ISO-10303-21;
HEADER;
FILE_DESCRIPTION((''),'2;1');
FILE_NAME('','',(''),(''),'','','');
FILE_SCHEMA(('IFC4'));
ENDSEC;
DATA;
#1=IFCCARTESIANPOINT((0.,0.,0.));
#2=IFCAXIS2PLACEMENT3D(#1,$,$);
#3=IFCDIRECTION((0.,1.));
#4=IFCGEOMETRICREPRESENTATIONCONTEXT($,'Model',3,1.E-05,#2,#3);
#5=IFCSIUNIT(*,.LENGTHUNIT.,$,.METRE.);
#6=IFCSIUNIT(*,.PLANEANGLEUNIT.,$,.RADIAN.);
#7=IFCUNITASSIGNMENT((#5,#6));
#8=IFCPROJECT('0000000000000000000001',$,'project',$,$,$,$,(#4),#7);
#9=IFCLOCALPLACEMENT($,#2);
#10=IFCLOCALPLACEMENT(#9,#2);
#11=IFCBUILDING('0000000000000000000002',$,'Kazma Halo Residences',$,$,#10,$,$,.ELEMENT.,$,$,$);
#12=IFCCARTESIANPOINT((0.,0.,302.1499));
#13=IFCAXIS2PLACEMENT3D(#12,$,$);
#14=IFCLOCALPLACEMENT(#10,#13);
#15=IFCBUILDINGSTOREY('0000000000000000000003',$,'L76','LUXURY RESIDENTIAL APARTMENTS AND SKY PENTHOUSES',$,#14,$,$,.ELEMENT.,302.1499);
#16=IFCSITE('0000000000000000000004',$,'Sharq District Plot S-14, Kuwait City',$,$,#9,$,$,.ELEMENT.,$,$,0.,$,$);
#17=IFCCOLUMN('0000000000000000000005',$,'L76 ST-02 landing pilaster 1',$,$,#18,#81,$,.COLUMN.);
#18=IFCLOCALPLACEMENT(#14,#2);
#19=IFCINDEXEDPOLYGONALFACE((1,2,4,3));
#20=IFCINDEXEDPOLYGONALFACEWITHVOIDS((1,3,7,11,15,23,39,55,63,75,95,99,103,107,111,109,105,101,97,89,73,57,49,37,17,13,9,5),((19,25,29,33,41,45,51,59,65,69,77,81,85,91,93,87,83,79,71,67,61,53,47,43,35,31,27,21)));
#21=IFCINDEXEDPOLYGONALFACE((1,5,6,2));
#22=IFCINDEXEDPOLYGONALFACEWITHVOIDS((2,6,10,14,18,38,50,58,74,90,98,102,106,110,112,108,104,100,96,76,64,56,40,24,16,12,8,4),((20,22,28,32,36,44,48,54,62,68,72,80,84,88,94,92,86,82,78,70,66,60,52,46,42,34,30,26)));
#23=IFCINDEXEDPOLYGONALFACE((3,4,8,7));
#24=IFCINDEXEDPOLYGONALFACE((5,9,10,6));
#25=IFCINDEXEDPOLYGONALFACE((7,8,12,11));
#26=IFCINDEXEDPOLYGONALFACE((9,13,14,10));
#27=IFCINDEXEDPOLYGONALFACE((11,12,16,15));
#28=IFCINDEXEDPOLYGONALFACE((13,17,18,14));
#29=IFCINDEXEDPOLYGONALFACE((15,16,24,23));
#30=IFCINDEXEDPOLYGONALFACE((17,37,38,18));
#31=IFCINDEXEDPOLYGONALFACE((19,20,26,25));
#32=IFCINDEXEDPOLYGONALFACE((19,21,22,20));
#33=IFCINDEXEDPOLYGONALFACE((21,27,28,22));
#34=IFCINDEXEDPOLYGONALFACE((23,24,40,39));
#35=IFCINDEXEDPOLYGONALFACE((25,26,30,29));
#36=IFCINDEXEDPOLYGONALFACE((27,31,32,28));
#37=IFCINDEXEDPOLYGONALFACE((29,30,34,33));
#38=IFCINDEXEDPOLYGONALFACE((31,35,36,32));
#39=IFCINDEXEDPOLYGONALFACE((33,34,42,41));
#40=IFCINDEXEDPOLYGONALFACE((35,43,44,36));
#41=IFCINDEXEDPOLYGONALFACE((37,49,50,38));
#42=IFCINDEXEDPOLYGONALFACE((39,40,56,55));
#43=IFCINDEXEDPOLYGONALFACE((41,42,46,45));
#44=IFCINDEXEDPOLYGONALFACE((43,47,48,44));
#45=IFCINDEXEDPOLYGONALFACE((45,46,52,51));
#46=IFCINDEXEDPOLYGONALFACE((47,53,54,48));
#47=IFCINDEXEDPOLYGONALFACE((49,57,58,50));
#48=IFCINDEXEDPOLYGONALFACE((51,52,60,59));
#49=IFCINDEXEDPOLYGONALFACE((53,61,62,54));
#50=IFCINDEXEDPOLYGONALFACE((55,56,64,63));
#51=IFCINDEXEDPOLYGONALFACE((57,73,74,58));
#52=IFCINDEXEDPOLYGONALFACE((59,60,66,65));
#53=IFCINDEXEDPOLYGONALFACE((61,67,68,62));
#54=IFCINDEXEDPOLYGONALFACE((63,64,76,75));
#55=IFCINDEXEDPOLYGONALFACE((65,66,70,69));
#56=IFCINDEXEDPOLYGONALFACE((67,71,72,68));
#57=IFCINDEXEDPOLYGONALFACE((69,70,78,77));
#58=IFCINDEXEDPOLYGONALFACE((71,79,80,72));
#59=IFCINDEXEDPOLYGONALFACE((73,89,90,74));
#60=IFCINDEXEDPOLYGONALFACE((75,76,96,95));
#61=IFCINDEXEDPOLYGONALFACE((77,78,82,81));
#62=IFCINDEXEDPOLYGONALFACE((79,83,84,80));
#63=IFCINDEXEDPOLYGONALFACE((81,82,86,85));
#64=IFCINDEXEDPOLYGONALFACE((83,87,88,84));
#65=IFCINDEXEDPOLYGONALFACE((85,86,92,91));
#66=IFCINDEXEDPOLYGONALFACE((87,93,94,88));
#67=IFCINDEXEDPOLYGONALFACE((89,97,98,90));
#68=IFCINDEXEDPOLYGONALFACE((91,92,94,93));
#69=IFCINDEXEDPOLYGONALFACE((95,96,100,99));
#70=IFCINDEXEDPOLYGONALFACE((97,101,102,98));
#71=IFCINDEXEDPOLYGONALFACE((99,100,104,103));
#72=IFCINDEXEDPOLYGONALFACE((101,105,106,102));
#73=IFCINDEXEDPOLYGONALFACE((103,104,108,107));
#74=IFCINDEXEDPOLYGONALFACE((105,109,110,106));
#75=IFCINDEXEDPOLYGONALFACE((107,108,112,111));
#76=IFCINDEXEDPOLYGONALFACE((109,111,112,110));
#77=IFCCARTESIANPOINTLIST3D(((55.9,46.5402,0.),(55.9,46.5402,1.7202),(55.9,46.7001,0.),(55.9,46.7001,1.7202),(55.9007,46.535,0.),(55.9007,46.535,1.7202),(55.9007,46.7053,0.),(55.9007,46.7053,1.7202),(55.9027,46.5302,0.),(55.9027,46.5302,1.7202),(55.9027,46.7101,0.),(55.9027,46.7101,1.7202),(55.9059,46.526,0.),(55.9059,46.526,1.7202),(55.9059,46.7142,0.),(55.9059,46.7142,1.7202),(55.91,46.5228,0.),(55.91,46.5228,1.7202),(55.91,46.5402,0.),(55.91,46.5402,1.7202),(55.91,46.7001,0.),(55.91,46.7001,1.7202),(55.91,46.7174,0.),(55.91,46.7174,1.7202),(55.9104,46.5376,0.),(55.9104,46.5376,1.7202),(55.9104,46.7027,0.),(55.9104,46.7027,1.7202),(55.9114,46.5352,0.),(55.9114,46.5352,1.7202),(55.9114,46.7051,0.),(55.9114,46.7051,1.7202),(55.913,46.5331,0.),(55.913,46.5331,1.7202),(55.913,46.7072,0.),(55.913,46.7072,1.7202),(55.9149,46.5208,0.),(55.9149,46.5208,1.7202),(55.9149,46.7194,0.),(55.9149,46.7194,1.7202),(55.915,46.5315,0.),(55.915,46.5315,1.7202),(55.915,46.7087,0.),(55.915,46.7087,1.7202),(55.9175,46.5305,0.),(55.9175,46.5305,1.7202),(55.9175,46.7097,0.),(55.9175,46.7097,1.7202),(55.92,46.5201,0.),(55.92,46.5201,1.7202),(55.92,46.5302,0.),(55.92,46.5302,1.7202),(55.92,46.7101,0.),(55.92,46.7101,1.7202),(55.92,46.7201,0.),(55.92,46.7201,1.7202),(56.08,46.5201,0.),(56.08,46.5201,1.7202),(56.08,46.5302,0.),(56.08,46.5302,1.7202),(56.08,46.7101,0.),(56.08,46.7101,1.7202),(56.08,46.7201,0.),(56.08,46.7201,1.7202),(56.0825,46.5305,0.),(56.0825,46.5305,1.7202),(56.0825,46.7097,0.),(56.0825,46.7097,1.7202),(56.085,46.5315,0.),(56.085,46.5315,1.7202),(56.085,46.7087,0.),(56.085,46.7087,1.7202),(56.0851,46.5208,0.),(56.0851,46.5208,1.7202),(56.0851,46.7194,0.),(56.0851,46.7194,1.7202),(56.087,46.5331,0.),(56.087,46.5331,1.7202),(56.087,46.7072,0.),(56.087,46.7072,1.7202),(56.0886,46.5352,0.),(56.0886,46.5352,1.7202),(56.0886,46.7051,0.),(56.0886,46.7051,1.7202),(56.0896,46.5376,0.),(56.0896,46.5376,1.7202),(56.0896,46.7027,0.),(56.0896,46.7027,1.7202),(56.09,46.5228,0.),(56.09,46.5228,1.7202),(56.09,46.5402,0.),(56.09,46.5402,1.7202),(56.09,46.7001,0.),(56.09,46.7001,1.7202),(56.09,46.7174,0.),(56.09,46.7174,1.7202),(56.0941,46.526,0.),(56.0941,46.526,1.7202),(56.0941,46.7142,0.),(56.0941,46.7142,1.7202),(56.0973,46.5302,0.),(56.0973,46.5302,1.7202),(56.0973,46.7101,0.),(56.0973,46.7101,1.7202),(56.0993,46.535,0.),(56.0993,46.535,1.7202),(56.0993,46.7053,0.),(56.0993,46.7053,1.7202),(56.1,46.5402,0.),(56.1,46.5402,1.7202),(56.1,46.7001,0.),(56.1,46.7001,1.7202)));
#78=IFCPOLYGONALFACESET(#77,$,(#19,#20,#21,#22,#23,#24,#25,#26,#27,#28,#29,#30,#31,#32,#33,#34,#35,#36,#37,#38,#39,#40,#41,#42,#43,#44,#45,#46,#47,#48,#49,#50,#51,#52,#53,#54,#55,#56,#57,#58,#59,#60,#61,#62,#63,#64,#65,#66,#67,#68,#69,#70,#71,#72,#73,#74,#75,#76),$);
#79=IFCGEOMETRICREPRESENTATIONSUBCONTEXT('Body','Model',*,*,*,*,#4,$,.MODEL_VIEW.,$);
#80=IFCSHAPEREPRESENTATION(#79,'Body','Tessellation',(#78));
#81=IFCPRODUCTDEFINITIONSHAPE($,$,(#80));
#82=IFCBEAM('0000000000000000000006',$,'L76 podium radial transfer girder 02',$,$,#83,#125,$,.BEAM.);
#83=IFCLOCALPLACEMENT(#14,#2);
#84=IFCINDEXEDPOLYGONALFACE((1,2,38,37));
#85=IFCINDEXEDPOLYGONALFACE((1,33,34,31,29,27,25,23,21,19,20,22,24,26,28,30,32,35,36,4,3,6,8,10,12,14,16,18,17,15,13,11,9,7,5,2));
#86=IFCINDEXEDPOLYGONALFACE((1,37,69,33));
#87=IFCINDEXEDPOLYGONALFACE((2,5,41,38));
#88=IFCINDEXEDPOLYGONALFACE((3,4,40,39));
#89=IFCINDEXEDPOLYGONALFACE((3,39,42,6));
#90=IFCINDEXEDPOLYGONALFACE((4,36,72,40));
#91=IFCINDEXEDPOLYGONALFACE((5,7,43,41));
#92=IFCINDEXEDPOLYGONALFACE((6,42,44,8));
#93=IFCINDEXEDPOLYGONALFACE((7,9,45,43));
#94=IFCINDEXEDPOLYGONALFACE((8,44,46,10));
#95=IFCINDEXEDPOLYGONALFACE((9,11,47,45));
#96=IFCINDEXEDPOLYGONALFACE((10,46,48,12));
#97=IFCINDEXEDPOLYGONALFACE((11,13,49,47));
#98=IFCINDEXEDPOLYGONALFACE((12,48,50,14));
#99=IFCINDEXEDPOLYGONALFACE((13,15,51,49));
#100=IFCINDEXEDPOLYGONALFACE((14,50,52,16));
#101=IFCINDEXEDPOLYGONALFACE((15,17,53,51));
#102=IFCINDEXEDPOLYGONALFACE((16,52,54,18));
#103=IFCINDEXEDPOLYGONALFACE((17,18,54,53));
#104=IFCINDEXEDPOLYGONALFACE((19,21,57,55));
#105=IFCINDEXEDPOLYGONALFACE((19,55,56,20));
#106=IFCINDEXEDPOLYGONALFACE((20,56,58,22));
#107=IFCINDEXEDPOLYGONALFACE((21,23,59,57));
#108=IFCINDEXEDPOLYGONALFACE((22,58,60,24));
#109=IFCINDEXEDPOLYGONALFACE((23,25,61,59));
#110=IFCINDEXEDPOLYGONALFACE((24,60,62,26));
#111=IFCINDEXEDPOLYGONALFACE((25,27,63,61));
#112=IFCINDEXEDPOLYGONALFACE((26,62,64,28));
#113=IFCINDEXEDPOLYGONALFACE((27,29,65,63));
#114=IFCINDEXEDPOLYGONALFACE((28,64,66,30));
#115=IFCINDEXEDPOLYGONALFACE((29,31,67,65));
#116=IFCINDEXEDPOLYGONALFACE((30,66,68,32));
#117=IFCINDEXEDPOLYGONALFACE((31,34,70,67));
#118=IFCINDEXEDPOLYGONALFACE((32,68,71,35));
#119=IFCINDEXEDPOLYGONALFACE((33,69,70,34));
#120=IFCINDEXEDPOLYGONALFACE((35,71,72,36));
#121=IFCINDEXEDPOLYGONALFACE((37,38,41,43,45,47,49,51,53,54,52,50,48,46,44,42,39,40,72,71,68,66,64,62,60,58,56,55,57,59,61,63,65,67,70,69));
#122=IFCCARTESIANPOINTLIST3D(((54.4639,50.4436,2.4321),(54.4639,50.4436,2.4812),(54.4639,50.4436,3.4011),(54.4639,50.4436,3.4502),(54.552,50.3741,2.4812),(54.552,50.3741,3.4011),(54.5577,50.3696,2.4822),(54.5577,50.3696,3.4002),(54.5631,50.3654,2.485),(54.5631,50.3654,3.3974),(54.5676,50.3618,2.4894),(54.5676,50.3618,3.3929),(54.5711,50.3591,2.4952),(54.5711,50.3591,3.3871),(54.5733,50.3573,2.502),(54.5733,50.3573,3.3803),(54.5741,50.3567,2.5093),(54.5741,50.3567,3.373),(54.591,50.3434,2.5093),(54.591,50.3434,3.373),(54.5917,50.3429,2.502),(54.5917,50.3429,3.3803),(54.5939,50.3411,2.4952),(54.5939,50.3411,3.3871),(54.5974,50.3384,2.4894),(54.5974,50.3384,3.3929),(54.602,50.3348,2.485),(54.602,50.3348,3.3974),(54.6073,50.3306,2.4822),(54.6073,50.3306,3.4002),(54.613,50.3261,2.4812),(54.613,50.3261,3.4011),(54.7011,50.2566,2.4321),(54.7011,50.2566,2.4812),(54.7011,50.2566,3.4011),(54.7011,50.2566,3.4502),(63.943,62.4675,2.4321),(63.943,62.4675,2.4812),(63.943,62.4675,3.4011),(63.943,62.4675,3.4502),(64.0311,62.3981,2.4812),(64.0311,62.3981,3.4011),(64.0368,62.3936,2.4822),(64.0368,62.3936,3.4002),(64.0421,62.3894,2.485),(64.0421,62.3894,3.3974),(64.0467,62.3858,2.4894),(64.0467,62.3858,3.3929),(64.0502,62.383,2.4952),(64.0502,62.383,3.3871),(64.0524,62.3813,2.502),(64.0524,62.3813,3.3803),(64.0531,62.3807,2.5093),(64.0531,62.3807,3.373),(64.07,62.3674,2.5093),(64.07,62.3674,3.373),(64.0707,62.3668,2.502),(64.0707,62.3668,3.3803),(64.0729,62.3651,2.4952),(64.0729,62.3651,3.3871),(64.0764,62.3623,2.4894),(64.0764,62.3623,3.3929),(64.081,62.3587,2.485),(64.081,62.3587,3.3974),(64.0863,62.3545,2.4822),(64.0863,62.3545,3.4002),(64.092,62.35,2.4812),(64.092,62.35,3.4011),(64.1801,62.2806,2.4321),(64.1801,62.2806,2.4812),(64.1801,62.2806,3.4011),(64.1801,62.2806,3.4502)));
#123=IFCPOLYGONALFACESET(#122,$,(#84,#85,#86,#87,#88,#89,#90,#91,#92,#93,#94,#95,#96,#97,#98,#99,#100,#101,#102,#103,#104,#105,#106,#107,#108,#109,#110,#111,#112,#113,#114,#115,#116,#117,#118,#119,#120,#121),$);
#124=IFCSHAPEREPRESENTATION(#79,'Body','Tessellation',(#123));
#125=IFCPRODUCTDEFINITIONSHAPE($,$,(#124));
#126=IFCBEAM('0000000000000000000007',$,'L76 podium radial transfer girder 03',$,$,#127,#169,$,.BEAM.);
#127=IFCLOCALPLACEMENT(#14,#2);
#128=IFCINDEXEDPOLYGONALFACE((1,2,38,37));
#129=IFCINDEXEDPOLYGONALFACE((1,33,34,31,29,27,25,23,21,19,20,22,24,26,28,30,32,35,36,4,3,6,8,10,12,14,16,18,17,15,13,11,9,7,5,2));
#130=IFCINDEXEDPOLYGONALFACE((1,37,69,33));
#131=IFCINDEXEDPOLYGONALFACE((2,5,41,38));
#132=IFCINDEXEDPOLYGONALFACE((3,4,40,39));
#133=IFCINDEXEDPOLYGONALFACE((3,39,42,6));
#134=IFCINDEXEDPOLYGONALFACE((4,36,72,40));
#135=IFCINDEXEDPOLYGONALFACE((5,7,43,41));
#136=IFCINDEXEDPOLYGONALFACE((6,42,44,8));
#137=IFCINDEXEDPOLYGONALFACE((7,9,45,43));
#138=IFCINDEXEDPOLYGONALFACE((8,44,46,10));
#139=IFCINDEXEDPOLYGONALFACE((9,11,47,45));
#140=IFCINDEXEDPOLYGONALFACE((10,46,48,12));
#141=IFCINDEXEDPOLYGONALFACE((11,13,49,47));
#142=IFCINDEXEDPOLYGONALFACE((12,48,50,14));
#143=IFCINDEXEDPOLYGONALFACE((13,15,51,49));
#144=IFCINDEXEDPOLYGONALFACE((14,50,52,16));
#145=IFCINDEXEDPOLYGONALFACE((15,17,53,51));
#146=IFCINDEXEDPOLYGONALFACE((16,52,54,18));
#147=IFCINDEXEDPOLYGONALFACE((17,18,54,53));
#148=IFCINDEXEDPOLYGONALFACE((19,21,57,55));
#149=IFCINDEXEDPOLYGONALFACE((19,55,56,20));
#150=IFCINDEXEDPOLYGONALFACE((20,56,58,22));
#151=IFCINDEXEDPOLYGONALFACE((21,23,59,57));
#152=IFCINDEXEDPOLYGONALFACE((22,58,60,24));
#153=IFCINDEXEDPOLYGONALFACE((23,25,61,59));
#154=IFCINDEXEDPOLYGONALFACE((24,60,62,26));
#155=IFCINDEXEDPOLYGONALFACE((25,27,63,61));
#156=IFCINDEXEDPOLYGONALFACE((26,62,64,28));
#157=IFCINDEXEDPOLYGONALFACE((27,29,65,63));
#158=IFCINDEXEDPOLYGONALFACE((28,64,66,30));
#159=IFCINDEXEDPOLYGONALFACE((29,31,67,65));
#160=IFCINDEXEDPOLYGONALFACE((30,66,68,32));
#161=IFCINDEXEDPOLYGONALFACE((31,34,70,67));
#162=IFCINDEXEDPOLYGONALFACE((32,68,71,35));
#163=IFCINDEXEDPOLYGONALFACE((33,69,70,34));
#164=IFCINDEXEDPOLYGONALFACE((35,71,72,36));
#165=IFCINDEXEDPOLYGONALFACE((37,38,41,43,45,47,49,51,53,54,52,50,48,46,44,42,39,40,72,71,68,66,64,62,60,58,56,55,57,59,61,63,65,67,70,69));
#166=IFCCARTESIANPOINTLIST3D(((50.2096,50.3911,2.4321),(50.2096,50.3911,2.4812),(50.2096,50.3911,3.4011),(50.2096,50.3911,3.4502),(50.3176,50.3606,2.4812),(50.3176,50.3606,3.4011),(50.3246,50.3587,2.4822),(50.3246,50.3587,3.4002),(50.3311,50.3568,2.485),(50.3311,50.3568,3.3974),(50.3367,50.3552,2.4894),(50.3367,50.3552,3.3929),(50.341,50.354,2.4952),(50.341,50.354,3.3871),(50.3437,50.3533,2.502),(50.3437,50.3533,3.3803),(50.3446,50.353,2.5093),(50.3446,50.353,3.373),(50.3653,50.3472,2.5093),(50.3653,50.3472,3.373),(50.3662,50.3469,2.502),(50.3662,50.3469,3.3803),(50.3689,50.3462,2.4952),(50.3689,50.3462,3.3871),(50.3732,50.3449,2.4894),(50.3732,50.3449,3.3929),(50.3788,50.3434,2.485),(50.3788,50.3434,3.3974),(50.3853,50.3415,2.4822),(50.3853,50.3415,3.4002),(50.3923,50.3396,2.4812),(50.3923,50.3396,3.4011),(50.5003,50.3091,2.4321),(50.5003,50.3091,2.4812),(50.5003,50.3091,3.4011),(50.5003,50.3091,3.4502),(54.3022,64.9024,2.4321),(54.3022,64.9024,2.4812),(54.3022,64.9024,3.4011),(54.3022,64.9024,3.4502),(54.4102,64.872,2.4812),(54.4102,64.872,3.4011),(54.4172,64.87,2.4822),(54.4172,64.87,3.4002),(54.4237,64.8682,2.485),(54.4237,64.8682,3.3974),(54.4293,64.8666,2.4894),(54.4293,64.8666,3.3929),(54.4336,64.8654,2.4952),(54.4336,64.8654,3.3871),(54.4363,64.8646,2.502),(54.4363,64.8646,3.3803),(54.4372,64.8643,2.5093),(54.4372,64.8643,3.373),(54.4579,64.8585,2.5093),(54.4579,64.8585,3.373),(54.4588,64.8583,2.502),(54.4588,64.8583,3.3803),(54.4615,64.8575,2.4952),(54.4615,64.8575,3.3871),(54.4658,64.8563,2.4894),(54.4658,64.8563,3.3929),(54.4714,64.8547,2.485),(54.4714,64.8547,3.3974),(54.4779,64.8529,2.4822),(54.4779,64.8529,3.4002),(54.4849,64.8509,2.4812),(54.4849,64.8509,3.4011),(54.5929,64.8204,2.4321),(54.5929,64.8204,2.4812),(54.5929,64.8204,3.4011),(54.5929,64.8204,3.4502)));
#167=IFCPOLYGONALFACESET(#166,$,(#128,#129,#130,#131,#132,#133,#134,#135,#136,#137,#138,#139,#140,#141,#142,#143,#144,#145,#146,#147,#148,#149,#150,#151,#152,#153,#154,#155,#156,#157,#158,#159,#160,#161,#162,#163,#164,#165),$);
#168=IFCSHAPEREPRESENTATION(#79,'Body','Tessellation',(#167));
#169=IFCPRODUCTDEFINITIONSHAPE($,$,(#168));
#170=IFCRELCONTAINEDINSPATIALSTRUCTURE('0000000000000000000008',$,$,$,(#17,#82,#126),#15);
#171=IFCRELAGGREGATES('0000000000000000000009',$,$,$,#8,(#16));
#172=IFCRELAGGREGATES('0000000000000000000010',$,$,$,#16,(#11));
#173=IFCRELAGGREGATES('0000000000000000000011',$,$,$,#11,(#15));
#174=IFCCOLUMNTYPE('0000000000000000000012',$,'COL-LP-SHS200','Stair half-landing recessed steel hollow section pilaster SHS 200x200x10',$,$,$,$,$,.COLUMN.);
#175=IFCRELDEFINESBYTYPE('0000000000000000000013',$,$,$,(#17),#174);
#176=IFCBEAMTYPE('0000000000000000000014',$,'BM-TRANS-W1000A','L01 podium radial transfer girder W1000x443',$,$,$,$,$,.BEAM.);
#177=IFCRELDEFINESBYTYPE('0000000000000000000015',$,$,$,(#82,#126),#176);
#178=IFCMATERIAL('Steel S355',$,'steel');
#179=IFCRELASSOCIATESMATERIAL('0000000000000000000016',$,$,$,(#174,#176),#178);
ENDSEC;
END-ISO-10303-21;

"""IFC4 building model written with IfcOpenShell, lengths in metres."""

from ifc_helpers import new_model, si_unit, direction, frame, origin, origin_2d, place, context, subcontext, project, spatial, hollow_rectangle, i_section, extrude, material, material_profile, profile_set, type_object, element, save


model = new_model("IFC4")

# Units and contexts
model_context = context("Model", 3, precision=1e-05, world=origin(), true_north=direction((0.0, 1.0)))
body_context = subcontext(model_context, "Body", "Model", "MODEL_VIEW")
ifc_project = project(units=[si_unit("LENGTHUNIT", "METRE"), si_unit("PLANEANGLEUNIT", "RADIAN")], contexts=[model_context])

# Site, building, storey
site_placement = place(None, origin())
site = spatial("IfcSite", under=ifc_project, at=site_placement, Name="Sharq District Plot S-14, Kuwait City", CompositionType="ELEMENT", RefElevation=0.0)
building_placement = place(site_placement, origin())
building = spatial("IfcBuilding", under=site, at=building_placement, Name="Kazma Halo Residences", CompositionType="ELEMENT")
storey_placement = place(building_placement, frame((0.0, 0.0, 302.1499)))
storey = spatial("IfcBuildingStorey", under=building, at=storey_placement, Name="L76", Description="LUXURY RESIDENTIAL APARTMENTS AND SKY PENTHOUSES", CompositionType="ELEMENT", Elevation=302.1499)

# Column
ifc_material_1 = material(Name="Steel S355", Category="steel")
ifc_material_profile_1 = material_profile(ifc_material_1, hollow_rectangle(XDim=0.2, YDim=0.2, WallThickness=0.01, InnerFilletRadius=0.01, OuterFilletRadius=0.02, at=origin_2d()), Name="SHS200x200x10")
ifc_profile_set_1 = profile_set([ifc_material_profile_1], Name="Steel S355")
column_type = type_object("IfcColumnType", Name="COL-LP-SHS200", Description="Stair half-landing recessed steel hollow section pilaster SHS 200x200x10", PredefinedType="COLUMN", material=ifc_profile_set_1)
column_placement = place(storey_placement, frame((56.0, 46.6201, 0.0), z_axis=(0.0, 0.0, 1.0), x_axis=(1.0, 0.0, 0.0)))
element("IfcColumn", 1, at=column_placement, inside=storey, type_object=column_type, Name="L76 ST-02 landing pilaster 1", PredefinedType="COLUMN", context=body_context, shape_type="SweptSolid", body=[
    extrude(hollow_rectangle(XDim=0.2, YDim=0.2, WallThickness=0.01, InnerFilletRadius=0.01, OuterFilletRadius=0.02, at=origin_2d()), origin(), (0.0, 0.0, 1.0), 1.7202),
])

# Beams
ifc_material_profile_2 = material_profile(ifc_material_1, i_section(OverallWidth=0.302, OverallDepth=1.0181, WebThickness=0.0215, FlangeThickness=0.0491, FilletRadius=0.0281, at=origin_2d()), Name="W1000x443")
ifc_profile_set_2 = profile_set([ifc_material_profile_2], Name="Steel S355")
beam_type_1 = type_object("IfcBeamType", Name="BM-TRANS-W1000A", Description="L01 podium radial transfer girder W1000x443", PredefinedType="BEAM", material=ifc_profile_set_2)
beam_1_placement = place(storey_placement, frame((54.5825, 50.3501, 2.9412), z_axis=(0.619098, 0.785314, 0.0), x_axis=(-0.785314, 0.619098, 0.0)))
element("IfcBeam", 2, at=beam_1_placement, inside=storey, type_object=beam_type_1, Name="L76 podium radial transfer girder 02", PredefinedType="BEAM", context=body_context, shape_type="SweptSolid", body=[
    extrude(i_section(OverallWidth=0.302, OverallDepth=1.0181, WebThickness=0.0215, FlangeThickness=0.0491, FilletRadius=0.0281, at=origin_2d()), origin(), (0.0, 0.0, 1.0), 15.311),
])
beam_2_placement = place(storey_placement, frame((50.355, 50.3501, 2.9412), z_axis=(0.271437, 0.962456, 0.0), x_axis=(-0.962456, 0.271437, 0.0)))
element("IfcBeam", 3, at=beam_2_placement, inside=storey, type_object=beam_type_1, Name="L76 podium radial transfer girder 03", PredefinedType="BEAM", context=body_context, shape_type="SweptSolid", body=[
    extrude(i_section(OverallWidth=0.302, OverallDepth=1.0181, WebThickness=0.0215, FlangeThickness=0.0491, FilletRadius=0.0281, at=origin_2d()), origin(), (0.0, 0.0, 1.0), 15.0774),
])

save(model, "model.ifc")
